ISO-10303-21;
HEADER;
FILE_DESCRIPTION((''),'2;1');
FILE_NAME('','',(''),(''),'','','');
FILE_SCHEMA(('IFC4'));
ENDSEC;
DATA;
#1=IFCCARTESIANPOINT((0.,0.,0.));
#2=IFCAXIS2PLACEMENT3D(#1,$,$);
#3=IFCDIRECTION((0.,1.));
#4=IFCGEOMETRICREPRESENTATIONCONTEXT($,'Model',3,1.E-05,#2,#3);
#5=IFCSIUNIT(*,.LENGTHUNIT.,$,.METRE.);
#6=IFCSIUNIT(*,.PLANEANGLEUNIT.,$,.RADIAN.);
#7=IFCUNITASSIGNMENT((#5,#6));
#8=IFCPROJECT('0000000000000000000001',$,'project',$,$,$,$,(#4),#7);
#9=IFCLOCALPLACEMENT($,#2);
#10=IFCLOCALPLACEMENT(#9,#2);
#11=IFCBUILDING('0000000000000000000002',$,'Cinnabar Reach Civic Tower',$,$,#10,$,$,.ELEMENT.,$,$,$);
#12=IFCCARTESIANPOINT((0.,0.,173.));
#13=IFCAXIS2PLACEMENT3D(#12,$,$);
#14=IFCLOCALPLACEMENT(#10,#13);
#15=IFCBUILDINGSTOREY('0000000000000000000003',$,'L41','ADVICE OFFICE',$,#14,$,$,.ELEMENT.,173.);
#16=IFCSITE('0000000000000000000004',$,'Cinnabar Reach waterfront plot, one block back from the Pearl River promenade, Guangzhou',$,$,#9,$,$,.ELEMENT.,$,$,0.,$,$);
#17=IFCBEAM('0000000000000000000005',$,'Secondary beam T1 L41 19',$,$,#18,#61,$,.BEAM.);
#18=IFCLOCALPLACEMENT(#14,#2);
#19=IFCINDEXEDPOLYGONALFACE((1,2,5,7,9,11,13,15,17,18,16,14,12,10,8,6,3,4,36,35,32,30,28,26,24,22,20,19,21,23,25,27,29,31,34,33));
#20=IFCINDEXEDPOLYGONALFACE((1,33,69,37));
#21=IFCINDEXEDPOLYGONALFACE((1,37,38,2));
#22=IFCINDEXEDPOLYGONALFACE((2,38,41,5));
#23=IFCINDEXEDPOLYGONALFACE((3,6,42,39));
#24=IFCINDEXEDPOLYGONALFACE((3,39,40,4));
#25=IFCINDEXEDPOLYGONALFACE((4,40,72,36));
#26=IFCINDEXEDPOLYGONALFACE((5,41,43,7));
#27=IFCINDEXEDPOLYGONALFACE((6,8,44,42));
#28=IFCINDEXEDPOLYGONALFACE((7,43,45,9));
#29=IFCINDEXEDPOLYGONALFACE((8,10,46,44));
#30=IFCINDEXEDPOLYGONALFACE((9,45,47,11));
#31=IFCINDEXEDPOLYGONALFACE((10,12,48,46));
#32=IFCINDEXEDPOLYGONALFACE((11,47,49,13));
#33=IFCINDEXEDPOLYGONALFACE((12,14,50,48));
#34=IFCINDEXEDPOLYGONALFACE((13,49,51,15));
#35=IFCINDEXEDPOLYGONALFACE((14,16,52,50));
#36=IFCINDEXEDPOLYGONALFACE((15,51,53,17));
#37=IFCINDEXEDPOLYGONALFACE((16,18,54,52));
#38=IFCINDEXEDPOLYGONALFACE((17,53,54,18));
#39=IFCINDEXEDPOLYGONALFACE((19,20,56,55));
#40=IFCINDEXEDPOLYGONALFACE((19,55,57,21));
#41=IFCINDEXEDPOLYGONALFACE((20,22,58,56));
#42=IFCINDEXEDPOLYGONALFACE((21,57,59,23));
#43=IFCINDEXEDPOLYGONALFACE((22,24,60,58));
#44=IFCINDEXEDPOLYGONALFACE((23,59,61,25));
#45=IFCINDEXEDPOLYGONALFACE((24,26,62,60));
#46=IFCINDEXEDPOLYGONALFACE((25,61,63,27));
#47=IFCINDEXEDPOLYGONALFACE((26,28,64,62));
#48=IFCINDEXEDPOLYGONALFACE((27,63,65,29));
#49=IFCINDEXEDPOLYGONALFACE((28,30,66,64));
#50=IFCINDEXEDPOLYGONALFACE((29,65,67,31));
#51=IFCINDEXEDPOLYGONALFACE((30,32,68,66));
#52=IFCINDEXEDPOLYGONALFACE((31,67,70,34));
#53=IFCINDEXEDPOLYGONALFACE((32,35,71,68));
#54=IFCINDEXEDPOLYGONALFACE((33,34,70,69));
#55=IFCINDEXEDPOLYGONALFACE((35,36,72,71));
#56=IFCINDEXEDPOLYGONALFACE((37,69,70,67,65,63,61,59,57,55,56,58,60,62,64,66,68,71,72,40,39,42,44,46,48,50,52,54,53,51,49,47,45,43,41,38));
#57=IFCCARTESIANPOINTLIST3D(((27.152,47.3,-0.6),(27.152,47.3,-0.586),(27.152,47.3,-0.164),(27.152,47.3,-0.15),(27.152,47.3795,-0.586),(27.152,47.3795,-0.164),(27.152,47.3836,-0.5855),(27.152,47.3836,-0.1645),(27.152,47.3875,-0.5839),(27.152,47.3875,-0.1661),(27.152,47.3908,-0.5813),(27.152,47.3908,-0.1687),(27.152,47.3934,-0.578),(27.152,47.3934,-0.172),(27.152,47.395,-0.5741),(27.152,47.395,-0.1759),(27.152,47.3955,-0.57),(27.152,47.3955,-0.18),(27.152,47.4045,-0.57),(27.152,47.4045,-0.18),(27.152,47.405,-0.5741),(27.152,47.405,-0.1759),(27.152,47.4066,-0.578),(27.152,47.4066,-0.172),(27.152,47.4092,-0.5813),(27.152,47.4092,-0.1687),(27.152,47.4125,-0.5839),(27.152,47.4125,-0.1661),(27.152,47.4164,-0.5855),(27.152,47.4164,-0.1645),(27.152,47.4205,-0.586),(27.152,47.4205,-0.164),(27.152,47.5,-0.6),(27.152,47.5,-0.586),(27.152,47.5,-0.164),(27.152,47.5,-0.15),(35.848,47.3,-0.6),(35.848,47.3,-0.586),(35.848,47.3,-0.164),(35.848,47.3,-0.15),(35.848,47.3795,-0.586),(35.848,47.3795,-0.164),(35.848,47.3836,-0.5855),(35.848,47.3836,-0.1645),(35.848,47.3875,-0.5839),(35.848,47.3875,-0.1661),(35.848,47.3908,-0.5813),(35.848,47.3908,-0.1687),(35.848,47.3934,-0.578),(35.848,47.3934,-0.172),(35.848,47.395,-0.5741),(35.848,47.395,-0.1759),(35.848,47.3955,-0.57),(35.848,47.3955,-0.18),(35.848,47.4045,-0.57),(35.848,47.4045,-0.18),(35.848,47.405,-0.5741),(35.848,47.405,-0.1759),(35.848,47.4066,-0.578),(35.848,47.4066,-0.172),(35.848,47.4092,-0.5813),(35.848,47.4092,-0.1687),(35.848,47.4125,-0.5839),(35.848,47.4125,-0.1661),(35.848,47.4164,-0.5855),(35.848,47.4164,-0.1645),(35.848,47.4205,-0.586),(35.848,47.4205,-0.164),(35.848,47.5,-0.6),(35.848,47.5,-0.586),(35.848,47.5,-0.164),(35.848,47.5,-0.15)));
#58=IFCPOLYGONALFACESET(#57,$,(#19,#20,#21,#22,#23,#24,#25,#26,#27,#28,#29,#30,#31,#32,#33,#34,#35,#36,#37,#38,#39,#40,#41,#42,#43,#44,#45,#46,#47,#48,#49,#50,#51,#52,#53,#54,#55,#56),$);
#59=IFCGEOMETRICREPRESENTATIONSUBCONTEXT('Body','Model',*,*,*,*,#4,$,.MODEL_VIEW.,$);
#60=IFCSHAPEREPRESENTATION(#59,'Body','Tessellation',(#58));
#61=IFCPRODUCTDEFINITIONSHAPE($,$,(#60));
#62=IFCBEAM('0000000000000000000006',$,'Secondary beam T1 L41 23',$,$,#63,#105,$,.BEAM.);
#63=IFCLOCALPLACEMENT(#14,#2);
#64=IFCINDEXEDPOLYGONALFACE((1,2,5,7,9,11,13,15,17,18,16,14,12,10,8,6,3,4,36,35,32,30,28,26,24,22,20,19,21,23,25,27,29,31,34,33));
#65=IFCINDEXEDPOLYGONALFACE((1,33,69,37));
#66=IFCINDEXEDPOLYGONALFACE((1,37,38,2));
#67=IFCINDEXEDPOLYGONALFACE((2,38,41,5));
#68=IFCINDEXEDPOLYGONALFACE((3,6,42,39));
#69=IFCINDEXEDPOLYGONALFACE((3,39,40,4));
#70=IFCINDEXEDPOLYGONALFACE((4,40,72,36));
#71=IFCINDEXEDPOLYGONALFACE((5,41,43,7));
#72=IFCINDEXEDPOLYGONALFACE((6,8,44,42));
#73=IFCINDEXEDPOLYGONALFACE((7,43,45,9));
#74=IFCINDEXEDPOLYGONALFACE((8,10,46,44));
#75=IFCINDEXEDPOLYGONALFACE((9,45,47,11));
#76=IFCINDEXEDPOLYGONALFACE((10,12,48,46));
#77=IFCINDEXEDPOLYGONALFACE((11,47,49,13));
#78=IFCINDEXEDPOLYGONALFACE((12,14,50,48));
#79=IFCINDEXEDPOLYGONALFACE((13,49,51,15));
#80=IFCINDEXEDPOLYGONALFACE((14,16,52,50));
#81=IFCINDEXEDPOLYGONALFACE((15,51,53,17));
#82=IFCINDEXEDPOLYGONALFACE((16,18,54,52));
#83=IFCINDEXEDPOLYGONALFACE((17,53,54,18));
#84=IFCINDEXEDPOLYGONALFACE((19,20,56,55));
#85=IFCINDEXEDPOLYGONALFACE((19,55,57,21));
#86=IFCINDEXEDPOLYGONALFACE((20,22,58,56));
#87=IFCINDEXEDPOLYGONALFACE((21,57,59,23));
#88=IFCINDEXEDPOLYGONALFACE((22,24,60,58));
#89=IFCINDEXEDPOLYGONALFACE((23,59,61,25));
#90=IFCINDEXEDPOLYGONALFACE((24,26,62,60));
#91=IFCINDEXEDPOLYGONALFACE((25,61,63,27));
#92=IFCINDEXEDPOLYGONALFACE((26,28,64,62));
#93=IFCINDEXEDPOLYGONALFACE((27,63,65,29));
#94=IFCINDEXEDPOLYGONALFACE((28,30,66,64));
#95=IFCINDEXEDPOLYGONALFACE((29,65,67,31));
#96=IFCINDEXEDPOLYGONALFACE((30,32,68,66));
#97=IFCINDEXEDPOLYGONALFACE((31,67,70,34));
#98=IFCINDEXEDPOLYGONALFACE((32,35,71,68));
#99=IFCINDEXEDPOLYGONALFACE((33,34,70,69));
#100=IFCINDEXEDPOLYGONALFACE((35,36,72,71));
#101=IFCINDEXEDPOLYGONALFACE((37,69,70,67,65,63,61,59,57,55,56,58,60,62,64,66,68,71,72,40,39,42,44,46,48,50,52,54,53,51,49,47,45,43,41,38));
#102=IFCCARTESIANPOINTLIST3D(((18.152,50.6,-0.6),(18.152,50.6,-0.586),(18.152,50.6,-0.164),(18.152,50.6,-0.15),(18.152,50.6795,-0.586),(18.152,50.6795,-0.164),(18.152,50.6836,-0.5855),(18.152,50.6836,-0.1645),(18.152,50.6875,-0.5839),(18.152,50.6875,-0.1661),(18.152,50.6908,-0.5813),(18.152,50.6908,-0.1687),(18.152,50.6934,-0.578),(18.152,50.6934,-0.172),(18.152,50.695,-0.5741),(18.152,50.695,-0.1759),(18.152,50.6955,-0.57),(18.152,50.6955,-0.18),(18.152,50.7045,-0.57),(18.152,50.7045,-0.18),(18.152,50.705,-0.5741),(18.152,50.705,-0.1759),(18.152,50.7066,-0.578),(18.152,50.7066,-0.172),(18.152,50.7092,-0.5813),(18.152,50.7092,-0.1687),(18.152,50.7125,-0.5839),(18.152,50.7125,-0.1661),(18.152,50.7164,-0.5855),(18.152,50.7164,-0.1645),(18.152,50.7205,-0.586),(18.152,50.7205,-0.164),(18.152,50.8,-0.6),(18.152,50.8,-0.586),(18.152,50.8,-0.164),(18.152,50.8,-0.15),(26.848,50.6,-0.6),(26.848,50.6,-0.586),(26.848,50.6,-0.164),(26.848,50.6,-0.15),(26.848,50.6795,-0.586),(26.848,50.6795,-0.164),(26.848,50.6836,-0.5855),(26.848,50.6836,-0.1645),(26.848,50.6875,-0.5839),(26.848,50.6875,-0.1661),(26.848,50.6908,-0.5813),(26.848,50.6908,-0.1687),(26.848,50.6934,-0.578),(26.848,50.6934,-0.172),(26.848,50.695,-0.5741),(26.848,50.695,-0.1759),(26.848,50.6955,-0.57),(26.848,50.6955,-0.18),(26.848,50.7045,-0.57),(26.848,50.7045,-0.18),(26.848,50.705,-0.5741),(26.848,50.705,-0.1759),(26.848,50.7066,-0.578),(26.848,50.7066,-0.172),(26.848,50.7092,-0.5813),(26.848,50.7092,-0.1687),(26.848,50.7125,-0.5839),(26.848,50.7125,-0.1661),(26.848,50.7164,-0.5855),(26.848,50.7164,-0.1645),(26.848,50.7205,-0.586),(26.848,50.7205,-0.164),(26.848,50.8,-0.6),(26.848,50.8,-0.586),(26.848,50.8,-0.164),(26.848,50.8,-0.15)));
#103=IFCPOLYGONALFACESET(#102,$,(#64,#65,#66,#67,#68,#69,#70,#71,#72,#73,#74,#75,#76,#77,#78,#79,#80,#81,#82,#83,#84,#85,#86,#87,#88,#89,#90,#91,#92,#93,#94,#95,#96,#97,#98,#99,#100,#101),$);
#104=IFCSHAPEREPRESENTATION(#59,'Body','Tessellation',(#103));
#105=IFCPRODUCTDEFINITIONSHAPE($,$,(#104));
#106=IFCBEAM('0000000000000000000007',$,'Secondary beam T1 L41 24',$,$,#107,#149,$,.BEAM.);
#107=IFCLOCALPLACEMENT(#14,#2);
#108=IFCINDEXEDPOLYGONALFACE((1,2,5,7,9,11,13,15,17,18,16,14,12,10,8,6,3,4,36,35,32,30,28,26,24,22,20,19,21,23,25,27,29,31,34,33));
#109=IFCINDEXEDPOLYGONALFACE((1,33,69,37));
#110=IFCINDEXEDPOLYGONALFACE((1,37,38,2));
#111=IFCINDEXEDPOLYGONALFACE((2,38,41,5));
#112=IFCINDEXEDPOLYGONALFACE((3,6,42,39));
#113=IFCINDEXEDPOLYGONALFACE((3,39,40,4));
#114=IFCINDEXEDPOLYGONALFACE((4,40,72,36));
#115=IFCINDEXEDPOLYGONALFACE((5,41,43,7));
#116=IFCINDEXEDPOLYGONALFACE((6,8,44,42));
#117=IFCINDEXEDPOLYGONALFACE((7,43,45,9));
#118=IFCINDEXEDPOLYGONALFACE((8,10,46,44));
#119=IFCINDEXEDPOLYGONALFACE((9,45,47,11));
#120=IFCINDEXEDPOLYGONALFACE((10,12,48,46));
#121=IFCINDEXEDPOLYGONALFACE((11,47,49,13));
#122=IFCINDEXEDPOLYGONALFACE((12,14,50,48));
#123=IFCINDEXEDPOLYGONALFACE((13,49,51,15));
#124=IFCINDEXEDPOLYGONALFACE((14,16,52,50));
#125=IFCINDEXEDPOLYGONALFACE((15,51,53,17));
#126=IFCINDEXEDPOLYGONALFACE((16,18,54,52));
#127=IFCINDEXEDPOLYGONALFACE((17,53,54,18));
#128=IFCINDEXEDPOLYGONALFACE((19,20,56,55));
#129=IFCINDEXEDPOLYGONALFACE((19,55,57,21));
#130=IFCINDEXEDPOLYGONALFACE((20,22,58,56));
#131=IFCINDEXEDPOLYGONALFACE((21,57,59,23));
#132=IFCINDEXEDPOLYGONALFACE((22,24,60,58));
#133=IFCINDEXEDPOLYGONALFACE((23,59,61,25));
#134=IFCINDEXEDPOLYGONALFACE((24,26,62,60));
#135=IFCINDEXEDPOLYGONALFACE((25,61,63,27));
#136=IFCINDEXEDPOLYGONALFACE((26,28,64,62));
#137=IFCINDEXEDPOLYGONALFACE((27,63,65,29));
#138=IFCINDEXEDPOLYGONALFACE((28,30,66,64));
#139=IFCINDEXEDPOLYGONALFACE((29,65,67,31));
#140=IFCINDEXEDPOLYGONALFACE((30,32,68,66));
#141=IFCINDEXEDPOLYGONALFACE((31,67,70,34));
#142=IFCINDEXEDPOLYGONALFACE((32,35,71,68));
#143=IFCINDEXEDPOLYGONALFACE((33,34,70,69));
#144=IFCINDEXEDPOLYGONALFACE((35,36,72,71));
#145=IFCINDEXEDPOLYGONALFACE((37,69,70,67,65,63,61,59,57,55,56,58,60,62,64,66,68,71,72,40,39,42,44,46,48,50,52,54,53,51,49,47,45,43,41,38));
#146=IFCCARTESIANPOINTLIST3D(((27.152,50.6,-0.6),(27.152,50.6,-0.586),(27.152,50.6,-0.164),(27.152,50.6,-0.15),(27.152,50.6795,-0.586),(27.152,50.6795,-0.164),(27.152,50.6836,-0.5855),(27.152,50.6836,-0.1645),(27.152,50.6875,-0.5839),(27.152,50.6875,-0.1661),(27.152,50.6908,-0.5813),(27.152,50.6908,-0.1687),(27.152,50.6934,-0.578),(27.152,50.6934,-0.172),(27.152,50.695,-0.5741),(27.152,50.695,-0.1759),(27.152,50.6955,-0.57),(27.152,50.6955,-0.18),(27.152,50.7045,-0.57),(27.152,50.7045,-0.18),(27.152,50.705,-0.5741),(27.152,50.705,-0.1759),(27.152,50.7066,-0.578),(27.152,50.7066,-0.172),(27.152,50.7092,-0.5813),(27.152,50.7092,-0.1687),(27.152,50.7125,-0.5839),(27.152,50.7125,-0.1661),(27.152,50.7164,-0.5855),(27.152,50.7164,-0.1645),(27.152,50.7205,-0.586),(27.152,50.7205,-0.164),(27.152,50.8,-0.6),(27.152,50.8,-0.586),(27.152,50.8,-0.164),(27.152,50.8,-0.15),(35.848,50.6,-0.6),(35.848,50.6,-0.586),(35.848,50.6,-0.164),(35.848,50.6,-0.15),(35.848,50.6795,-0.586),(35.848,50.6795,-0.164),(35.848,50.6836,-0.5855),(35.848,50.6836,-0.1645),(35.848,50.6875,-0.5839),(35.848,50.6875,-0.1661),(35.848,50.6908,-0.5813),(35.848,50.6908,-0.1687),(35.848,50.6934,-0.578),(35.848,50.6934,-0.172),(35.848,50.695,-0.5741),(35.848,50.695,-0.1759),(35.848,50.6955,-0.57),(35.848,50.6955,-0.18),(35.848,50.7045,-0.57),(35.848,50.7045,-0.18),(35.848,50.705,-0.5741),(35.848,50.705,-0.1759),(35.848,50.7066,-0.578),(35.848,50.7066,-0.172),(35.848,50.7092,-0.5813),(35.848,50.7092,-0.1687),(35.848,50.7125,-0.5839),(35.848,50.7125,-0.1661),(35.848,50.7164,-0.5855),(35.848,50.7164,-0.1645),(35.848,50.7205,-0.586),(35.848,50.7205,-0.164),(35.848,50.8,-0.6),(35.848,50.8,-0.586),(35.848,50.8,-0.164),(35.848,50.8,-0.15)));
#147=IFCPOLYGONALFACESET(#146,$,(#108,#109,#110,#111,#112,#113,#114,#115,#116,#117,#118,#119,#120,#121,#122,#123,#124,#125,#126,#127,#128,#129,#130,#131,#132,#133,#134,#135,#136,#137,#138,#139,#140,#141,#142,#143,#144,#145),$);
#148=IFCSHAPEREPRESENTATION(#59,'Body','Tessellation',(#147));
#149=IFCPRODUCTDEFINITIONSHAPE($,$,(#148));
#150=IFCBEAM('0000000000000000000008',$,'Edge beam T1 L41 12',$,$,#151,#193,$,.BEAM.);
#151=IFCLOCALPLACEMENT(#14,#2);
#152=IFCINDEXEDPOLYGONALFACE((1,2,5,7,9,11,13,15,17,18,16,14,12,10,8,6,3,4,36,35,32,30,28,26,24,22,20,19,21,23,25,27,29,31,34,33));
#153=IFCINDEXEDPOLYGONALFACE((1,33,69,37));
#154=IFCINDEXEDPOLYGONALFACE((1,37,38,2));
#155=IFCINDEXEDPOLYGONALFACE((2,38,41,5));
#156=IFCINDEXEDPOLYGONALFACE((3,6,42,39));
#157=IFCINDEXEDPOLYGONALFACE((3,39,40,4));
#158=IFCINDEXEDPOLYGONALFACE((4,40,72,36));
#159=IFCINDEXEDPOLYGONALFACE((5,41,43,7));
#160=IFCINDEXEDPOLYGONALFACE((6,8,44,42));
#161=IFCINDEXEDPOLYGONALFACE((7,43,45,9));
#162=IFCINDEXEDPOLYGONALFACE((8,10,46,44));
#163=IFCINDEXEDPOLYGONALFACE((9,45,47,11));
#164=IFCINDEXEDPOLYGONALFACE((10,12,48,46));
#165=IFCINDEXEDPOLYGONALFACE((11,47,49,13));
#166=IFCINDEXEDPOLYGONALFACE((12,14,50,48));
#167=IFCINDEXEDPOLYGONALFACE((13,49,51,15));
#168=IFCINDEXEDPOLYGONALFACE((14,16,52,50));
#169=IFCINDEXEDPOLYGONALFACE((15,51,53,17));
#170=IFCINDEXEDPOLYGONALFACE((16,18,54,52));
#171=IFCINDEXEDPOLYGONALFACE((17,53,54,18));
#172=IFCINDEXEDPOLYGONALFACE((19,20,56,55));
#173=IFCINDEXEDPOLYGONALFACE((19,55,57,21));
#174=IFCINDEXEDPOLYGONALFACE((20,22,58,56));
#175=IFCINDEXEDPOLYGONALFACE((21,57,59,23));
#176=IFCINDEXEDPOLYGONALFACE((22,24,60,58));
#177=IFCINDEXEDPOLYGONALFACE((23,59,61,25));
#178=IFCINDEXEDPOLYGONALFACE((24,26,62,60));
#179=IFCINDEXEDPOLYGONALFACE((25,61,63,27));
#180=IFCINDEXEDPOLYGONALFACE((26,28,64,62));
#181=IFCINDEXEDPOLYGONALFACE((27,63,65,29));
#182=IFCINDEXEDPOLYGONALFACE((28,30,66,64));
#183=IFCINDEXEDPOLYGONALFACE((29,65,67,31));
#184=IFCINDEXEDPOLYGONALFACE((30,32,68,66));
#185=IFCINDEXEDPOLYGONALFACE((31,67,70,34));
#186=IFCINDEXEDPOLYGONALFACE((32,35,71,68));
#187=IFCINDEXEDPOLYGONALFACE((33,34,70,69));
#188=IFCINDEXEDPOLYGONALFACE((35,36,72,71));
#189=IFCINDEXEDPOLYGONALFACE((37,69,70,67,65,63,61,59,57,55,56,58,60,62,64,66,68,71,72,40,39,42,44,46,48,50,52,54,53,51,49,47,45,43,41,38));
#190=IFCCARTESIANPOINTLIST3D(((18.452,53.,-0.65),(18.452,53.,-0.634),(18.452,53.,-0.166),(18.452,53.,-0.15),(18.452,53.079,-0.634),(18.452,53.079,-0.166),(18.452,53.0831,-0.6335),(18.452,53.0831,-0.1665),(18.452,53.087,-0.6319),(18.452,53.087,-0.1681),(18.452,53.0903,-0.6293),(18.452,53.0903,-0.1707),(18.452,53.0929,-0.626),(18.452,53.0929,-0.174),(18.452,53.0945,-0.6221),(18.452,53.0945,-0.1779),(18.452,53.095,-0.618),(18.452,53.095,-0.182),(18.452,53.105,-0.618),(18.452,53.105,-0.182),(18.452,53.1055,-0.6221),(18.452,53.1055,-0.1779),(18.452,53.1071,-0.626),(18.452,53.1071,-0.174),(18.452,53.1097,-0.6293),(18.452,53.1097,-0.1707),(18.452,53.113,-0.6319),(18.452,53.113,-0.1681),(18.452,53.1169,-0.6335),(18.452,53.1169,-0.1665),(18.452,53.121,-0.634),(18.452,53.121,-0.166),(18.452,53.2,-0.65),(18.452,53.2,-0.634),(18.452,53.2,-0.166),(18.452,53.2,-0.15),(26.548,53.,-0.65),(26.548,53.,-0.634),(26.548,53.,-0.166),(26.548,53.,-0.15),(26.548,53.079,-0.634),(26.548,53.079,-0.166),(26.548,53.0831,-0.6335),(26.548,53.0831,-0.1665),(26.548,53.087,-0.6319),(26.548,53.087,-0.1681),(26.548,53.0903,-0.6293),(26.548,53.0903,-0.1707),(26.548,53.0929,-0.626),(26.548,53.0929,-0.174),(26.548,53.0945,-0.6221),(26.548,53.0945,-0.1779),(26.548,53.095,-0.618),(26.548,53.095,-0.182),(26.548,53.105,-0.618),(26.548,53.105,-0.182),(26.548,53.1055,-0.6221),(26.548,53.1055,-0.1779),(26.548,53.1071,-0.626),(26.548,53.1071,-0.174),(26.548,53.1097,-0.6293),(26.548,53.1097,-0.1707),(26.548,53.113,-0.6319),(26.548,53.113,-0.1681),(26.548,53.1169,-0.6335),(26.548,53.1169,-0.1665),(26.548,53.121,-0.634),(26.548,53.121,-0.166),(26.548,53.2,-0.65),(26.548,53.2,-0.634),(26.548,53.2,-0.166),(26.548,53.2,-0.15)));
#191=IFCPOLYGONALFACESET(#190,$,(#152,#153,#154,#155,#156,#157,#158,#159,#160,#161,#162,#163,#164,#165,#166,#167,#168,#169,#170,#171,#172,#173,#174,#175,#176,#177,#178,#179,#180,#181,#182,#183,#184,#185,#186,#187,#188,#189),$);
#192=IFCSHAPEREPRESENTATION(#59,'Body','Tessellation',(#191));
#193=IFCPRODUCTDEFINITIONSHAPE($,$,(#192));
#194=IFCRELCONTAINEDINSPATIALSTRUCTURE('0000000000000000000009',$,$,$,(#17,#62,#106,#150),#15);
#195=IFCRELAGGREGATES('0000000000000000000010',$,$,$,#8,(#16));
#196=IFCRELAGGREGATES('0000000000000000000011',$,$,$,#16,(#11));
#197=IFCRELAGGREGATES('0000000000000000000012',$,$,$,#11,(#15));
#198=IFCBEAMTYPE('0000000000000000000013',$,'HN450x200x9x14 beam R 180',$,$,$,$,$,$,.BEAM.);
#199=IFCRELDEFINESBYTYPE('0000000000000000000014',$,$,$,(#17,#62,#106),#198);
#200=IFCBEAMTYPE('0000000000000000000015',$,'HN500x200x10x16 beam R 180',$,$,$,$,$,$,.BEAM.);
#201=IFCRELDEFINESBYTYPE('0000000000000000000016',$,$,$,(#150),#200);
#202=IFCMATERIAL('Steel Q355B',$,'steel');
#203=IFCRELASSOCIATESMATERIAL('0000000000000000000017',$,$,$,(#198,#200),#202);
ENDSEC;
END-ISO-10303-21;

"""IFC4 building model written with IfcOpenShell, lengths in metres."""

from ifc_helpers import new_model, si_unit, direction, frame, origin, origin_2d, place, context, subcontext, project, spatial, i_section, extrude, material, material_profile, profile_set, type_object, element, save


model = new_model("IFC4")

# Units and contexts
model_context = context("Model", 3, precision=1e-05, world=origin(), true_north=direction((0.0, 1.0)))
body_context = subcontext(model_context, "Body", "Model", "MODEL_VIEW")
ifc_project = project(units=[si_unit("LENGTHUNIT", "METRE"), si_unit("PLANEANGLEUNIT", "RADIAN")], contexts=[model_context])

# Site, building, storey
site_placement = place(None, origin())
site = spatial("IfcSite", under=ifc_project, at=site_placement, Name="Cinnabar Reach waterfront plot, one block back from the Pearl River promenade, Guangzhou", CompositionType="ELEMENT", RefElevation=0.0)
building_placement = place(site_placement, origin())
building = spatial("IfcBuilding", under=site, at=building_placement, Name="Cinnabar Reach Civic Tower", CompositionType="ELEMENT")
storey_placement = place(building_placement, frame((0.0, 0.0, 173.0)))
storey = spatial("IfcBuildingStorey", under=building, at=storey_placement, Name="L41", Description="ADVICE OFFICE", CompositionType="ELEMENT", Elevation=173.0)

# Beams
ifc_material_1 = material(Name="Steel Q355B", Category="steel")
ifc_material_profile_1 = material_profile(ifc_material_1, i_section(OverallWidth=0.2, OverallDepth=0.45, WebThickness=0.009, FlangeThickness=0.014, FilletRadius=0.016, at=origin_2d()), Name="HN450x200x9x14")
ifc_profile_set_1 = profile_set([ifc_material_profile_1], Name="Steel Q355B")
beam_type_1 = type_object("IfcBeamType", Name="HN450x200x9x14 beam R 180", PredefinedType="BEAM", material=ifc_profile_set_1)
for number, where, z_axis, x_axis, name in (
    (1, (27.152, 47.4, -0.375), (1.0, 0.0, 0.0), (0.0, 1.0, 0.0), "Secondary beam T1 L41 19"),
    (2, (18.152, 50.7, -0.375), (1.0, 0.0, 0.0), (0.0, 1.0, 0.0), "Secondary beam T1 L41 23"),
    (3, (27.152, 50.7, -0.375), (1.0, 0.0, 0.0), (0.0, 1.0, 0.0), "Secondary beam T1 L41 24"),
):
    element("IfcBeam", number, at=place(storey_placement, frame(where, z_axis=z_axis, x_axis=x_axis)), inside=storey, type_object=beam_type_1, Name=name, PredefinedType="BEAM", context=body_context, shape_type="SweptSolid", body=[
        extrude(i_section(OverallWidth=0.2, OverallDepth=0.45, WebThickness=0.009, FlangeThickness=0.014, FilletRadius=0.016, at=origin_2d()), origin(), (0.0, 0.0, 1.0), 8.696),
    ])
ifc_material_profile_2 = material_profile(ifc_material_1, i_section(OverallWidth=0.2, OverallDepth=0.5, WebThickness=0.01, FlangeThickness=0.016, FilletRadius=0.016, at=origin_2d()), Name="HN500x200x10x16")
ifc_profile_set_2 = profile_set([ifc_material_profile_2], Name="Steel Q355B")
beam_type_2 = type_object("IfcBeamType", Name="HN500x200x10x16 beam R 180", PredefinedType="BEAM", material=ifc_profile_set_2)
beam_1_placement = place(storey_placement, frame((26.548, 53.1, -0.4), z_axis=(-1.0, 0.0, 0.0), x_axis=(0.0, -1.0, 0.0)))
element("IfcBeam", 4, at=beam_1_placement, inside=storey, type_object=beam_type_2, Name="Edge beam T1 L41 12", PredefinedType="BEAM", context=body_context, shape_type="SweptSolid", body=[
    extrude(i_section(OverallWidth=0.2, OverallDepth=0.5, WebThickness=0.01, FlangeThickness=0.016, FilletRadius=0.016, at=origin_2d()), origin(), (0.0, 0.0, 1.0), 8.096),
])

save(model, "model.ifc")
